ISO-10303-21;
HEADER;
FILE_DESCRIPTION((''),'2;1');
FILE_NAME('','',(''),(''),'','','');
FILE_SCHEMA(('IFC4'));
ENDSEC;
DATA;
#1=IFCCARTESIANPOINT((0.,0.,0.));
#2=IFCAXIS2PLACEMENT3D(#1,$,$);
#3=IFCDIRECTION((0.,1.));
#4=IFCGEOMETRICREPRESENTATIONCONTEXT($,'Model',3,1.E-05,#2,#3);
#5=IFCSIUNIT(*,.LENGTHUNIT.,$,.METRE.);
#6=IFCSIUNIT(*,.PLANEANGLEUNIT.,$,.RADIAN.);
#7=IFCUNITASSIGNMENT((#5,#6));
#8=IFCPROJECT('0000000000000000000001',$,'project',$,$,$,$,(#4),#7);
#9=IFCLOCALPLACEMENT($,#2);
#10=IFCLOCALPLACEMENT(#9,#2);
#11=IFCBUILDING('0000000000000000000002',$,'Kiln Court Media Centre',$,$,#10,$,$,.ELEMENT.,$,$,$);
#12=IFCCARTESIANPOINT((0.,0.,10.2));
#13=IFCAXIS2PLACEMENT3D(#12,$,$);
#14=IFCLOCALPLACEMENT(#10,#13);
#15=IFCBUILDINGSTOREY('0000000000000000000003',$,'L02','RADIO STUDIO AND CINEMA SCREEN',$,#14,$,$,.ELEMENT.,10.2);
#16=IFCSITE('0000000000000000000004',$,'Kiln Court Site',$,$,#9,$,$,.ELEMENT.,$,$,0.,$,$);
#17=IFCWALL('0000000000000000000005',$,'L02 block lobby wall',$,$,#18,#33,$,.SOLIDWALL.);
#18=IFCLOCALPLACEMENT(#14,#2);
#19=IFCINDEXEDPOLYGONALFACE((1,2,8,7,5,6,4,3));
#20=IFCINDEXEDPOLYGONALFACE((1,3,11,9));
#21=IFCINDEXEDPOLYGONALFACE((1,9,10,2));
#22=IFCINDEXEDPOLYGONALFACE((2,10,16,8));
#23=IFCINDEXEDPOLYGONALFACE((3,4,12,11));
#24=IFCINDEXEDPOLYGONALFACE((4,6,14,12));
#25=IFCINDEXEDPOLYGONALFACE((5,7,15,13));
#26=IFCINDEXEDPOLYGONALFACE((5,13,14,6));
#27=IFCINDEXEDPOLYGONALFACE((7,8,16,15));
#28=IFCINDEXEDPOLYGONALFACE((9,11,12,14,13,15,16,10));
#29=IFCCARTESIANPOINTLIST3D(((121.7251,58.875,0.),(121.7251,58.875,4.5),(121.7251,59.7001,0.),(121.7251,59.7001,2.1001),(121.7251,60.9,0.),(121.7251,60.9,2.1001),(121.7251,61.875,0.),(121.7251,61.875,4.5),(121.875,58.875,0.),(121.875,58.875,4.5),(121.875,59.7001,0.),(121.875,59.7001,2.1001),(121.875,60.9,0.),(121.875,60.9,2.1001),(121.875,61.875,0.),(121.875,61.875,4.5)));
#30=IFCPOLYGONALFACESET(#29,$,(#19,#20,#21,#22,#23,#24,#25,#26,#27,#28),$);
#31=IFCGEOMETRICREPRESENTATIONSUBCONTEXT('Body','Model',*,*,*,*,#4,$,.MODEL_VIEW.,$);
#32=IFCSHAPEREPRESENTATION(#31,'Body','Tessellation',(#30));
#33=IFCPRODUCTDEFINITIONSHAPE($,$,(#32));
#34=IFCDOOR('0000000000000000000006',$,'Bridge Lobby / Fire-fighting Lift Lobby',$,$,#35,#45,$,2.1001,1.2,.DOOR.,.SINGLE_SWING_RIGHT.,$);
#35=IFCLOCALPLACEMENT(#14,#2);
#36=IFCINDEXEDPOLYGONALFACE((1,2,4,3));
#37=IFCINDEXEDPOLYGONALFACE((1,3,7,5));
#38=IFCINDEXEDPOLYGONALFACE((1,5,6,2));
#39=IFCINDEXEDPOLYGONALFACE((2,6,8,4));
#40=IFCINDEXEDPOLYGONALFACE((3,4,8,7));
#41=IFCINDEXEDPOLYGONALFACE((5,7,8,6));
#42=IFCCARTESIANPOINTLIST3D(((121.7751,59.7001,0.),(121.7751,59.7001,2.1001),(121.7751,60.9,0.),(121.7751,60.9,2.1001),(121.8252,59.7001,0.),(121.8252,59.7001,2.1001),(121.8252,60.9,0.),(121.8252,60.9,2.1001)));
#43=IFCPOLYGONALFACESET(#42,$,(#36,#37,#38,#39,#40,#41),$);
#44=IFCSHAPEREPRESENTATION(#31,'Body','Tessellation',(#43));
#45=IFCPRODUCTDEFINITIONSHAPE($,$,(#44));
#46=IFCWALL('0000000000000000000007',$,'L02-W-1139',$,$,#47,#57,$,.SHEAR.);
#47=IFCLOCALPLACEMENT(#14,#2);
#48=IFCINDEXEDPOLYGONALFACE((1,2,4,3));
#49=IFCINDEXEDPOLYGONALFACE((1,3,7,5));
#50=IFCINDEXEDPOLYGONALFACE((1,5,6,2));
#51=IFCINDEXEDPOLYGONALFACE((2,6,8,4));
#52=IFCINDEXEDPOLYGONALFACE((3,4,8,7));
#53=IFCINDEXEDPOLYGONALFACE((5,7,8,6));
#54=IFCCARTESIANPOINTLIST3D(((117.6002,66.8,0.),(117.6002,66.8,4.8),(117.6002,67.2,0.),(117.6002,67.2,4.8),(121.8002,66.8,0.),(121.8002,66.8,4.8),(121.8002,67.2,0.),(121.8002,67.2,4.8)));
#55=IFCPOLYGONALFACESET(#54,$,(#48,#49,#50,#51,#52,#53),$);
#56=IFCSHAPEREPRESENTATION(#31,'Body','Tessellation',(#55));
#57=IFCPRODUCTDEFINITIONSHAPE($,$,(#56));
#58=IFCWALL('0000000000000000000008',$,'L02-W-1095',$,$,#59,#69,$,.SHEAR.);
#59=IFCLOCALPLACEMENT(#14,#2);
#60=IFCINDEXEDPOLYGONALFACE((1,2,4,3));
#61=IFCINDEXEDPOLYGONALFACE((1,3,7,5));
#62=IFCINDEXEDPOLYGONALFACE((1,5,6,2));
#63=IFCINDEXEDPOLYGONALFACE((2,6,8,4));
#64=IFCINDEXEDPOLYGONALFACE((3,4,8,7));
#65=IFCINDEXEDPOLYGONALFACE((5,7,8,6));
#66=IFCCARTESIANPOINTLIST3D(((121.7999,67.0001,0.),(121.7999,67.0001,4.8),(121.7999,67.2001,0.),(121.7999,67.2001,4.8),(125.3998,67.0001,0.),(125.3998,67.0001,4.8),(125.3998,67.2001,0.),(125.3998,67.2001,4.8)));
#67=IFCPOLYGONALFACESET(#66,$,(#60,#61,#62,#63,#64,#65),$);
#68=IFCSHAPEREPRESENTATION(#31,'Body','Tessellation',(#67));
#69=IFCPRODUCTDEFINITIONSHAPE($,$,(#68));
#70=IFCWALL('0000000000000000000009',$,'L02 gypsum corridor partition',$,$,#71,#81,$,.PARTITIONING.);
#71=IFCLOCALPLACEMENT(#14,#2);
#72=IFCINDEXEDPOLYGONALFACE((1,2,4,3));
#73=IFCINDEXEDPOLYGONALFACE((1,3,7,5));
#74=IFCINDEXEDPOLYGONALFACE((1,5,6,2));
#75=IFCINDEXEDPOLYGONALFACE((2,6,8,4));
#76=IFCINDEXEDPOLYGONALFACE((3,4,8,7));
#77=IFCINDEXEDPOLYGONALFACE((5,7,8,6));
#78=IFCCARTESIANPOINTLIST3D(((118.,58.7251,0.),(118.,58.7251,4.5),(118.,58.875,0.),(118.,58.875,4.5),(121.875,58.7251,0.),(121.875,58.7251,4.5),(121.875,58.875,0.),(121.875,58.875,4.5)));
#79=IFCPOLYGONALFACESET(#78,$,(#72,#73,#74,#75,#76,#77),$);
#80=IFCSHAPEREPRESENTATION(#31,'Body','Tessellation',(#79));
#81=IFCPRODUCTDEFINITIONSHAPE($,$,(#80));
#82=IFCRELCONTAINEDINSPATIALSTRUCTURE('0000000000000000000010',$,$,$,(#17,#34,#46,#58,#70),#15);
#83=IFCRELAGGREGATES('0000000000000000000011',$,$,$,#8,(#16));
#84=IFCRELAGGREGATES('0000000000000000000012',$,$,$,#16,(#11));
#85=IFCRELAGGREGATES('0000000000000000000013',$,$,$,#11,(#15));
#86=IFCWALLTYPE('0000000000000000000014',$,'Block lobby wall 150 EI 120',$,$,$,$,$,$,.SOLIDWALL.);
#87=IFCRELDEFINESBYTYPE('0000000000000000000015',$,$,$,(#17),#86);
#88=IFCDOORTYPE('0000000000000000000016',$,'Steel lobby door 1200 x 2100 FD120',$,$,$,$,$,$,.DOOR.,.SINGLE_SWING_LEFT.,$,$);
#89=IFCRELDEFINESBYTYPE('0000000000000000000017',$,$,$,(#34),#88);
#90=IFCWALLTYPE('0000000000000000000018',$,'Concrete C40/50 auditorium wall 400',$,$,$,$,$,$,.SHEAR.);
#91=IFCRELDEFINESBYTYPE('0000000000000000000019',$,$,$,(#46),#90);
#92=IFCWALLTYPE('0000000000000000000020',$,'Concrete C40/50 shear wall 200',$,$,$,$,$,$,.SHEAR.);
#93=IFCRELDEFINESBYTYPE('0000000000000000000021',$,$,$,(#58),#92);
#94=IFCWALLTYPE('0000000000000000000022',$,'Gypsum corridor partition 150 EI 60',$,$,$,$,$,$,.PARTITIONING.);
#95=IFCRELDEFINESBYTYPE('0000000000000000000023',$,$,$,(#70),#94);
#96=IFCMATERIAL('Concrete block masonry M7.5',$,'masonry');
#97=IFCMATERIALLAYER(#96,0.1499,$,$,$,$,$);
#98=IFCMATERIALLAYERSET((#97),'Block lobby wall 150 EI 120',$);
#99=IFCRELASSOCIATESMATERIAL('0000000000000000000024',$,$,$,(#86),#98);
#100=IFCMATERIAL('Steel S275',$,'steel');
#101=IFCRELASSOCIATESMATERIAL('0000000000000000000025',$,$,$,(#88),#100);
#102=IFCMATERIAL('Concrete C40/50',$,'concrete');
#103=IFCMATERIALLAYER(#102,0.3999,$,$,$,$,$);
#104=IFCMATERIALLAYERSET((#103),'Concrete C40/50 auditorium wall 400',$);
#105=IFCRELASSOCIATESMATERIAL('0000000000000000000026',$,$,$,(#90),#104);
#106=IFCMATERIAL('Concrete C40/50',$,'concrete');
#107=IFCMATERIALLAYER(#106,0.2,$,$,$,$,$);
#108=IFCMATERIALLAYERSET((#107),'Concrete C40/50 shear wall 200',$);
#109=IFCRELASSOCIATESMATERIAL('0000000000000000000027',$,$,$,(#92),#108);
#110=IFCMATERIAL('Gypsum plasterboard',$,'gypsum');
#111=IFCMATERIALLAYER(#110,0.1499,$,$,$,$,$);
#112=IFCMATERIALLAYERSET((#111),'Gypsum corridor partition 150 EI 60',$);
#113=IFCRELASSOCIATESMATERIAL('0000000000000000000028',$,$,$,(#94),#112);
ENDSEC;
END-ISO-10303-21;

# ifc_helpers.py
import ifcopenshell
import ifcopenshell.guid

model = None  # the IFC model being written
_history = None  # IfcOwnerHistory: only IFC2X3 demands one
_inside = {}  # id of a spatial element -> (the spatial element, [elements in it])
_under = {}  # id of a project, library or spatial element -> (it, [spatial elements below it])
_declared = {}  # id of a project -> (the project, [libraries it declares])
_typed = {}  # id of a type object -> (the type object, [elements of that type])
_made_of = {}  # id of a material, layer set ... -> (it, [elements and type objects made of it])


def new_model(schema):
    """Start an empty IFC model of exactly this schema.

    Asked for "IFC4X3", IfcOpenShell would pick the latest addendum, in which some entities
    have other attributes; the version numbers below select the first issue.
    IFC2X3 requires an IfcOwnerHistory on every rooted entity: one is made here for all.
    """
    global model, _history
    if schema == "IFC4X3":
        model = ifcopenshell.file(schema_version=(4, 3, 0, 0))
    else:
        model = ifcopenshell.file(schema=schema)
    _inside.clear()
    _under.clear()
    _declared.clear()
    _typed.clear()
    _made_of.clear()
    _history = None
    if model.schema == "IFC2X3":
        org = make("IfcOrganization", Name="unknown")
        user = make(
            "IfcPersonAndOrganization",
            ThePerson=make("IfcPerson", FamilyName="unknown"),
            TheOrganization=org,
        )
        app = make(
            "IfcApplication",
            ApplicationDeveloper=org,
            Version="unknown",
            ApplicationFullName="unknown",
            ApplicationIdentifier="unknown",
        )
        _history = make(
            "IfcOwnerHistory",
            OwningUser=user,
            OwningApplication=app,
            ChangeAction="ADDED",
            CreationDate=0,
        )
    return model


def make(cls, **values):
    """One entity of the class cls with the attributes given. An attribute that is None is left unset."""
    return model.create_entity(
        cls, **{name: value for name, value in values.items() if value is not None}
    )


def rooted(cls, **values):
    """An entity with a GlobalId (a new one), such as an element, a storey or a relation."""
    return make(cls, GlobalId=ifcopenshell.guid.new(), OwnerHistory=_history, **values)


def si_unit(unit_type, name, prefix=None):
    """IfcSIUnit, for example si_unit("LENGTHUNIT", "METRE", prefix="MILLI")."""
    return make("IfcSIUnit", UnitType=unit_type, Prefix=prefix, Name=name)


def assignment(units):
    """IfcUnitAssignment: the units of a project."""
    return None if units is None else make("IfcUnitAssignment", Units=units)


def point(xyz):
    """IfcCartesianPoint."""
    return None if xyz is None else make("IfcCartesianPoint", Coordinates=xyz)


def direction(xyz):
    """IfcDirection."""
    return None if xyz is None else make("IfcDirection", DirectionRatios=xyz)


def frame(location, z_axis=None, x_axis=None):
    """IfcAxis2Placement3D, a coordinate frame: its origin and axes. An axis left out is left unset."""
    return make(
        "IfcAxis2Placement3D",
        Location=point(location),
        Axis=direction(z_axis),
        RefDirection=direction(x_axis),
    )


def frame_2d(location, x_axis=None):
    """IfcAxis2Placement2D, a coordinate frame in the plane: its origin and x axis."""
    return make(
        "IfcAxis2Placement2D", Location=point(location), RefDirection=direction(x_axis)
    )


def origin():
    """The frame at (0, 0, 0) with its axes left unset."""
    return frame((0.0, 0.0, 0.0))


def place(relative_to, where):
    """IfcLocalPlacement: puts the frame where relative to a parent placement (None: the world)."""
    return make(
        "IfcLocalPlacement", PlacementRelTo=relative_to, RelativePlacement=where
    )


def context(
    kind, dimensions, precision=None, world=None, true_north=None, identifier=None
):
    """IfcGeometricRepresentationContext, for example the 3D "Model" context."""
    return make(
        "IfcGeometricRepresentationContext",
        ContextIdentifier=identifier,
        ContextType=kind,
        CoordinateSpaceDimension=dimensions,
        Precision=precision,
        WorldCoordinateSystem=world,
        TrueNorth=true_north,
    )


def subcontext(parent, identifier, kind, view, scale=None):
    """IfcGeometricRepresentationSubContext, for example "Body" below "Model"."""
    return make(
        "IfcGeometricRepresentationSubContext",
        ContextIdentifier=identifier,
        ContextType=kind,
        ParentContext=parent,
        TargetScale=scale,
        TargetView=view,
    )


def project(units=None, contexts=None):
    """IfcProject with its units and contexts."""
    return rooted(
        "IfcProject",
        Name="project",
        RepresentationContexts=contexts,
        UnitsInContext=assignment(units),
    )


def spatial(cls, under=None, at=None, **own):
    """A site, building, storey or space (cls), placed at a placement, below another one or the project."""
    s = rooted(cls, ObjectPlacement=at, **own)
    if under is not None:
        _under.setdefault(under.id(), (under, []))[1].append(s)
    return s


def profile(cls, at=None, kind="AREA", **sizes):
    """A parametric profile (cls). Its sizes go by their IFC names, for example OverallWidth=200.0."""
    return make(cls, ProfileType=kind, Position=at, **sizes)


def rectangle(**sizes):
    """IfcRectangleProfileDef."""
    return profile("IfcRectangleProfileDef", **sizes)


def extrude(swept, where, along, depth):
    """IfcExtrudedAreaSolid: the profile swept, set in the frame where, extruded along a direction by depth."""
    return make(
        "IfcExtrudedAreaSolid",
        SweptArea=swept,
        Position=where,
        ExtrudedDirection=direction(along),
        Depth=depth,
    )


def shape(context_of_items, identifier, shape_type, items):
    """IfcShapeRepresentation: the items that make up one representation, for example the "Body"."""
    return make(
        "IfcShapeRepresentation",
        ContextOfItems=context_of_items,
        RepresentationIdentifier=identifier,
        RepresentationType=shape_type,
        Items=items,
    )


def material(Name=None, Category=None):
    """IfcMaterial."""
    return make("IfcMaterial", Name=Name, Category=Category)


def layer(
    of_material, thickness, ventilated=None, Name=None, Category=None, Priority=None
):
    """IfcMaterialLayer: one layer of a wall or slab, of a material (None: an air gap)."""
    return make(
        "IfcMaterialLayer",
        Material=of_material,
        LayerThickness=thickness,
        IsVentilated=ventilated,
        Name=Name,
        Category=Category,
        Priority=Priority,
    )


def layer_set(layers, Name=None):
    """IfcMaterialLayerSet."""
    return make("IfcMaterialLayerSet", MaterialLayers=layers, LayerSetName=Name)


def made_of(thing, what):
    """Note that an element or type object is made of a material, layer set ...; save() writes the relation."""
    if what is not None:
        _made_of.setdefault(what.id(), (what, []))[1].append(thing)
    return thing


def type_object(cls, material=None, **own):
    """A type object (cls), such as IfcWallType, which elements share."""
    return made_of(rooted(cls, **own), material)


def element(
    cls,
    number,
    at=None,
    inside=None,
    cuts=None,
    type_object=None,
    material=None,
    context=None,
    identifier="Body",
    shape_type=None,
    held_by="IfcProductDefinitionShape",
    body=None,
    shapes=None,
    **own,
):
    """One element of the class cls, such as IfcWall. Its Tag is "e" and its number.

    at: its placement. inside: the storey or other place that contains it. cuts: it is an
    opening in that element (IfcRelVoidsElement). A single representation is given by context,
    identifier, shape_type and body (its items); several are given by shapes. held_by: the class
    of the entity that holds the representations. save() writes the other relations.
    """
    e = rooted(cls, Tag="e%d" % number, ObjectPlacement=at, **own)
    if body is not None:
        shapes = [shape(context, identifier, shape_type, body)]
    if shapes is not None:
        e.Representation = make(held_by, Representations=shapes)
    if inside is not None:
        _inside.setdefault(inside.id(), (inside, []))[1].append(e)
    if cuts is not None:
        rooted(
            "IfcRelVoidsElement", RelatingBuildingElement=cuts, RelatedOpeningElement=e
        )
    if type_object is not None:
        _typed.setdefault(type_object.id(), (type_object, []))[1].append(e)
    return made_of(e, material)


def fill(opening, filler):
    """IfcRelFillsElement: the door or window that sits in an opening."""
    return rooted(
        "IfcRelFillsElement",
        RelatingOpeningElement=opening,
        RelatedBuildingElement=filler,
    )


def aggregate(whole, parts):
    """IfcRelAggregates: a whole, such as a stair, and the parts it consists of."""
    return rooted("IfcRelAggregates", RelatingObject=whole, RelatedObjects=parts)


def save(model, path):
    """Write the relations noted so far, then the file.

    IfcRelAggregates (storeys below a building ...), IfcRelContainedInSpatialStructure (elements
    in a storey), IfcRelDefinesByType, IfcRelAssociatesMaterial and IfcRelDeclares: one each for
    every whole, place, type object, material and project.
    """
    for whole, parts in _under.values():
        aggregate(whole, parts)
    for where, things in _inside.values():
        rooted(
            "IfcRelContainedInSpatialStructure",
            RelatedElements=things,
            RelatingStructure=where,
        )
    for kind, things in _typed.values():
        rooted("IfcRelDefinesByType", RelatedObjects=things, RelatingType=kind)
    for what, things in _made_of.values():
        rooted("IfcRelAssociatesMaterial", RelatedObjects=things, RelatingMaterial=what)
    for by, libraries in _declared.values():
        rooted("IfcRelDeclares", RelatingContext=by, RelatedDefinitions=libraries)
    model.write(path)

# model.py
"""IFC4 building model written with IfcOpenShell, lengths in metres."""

from ifc_helpers import new_model, si_unit, direction, frame, frame_2d, origin, place, context, subcontext, project, spatial, rectangle, extrude, material, layer, layer_set, type_object, element, fill, save


model = new_model("IFC4")

# Units and contexts
model_context = context("Model", 3, precision=1e-05, world=origin(), true_north=direction((0.0, 1.0)))
body_context = subcontext(model_context, "Body", "Model", "MODEL_VIEW")
ifc_project = project(units=[si_unit("LENGTHUNIT", "METRE"), si_unit("PLANEANGLEUNIT", "RADIAN")], contexts=[model_context])

# Site, building, storey
site_placement = place(None, origin())
site = spatial("IfcSite", under=ifc_project, at=site_placement, Name="Kiln Court Site", CompositionType="ELEMENT", RefElevation=0.0)
building_placement = place(site_placement, origin())
building = spatial("IfcBuilding", under=site, at=building_placement, Name="Kiln Court Media Centre", CompositionType="ELEMENT")
storey_placement = place(building_placement, frame((0.0, 0.0, 10.2)))
storey = spatial("IfcBuildingStorey", under=building, at=storey_placement, Name="L02", Description="RADIO STUDIO AND CINEMA SCREEN", CompositionType="ELEMENT", Elevation=10.2)

# Wall, opening, door
ifc_material_1 = material(Name="Concrete block masonry M7.5", Category="masonry")
ifc_layer_1 = layer(ifc_material_1, 0.1499)
ifc_layer_set_1 = layer_set([ifc_layer_1], Name="Block lobby wall 150 EI 120")
wall_type_1 = type_object("IfcWallType", Name="Block lobby wall 150 EI 120", PredefinedType="SOLIDWALL", material=ifc_layer_set_1)
wall_1_placement = place(storey_placement, frame((121.8, 58.875, 0.0), z_axis=(0.0, 0.0, 1.0), x_axis=(0.0, 1.0, 0.0)))
wall_1 = element("IfcWall", 1, at=wall_1_placement, inside=storey, type_object=wall_type_1, Name="L02 block lobby wall", PredefinedType="SOLIDWALL", context=body_context, shape_type="SweptSolid", body=[
    extrude(rectangle(XDim=3.0, YDim=0.1499, at=frame_2d((1.5, 0.0))), origin(), (0.0, 0.0, 1.0), 4.5),
])
opening_placement = place(wall_1_placement, frame((0.825, 0.0, 0.0)))
opening = element("IfcOpeningElement", 2, at=opening_placement, cuts=wall_1, PredefinedType="OPENING", context=body_context, shape_type="SweptSolid", body=[
    extrude(rectangle(XDim=1.2, YDim=2.1001, at=frame_2d((0.6001, 1.05))), frame((0.0, 0.085, 0.0), z_axis=(0.0, -1.0, 0.0), x_axis=(1.0, 0.0, 0.0)), (0.0, 0.0, 1.0), 0.1699),
])
ifc_material_2 = material(Name="Steel S275", Category="steel")
door_type = type_object("IfcDoorType", Name="Steel lobby door 1200 x 2100 FD120", OperationType="SINGLE_SWING_LEFT", PredefinedType="DOOR", material=ifc_material_2)
door_placement = place(opening_placement, origin())
door = element("IfcDoor", 3, at=door_placement, inside=storey, type_object=door_type, Name="Bridge Lobby / Fire-fighting Lift Lobby", OperationType="SINGLE_SWING_RIGHT", OverallHeight=2.1001, OverallWidth=1.2, PredefinedType="DOOR", context=body_context, shape_type="SweptSolid", body=[
    extrude(rectangle(XDim=1.2, YDim=2.1001, at=frame_2d((0.6001, 1.05))), frame((0.0, 0.0249, 0.0), z_axis=(0.0, -1.0, 0.0), x_axis=(1.0, 0.0, 0.0)), (0.0, 0.0, 1.0), 0.05),
])
fill(opening, door)

# Walls
ifc_material_3 = material(Name="Concrete C40/50", Category="concrete")
ifc_layer_2 = layer(ifc_material_3, 0.3999)
ifc_layer_set_2 = layer_set([ifc_layer_2], Name="Concrete C40/50 auditorium wall 400")
wall_type_2 = type_object("IfcWallType", Name="Concrete C40/50 auditorium wall 400", PredefinedType="SHEAR", material=ifc_layer_set_2)
wall_2_placement = place(storey_placement, frame((117.6001, 67.0, 0.0), z_axis=(0.0, 0.0, 1.0), x_axis=(1.0, 0.0, 0.0)))
element("IfcWall", 4, at=wall_2_placement, inside=storey, type_object=wall_type_2, Name="L02-W-1139", PredefinedType="SHEAR", context=body_context, shape_type="SweptSolid", body=[
    extrude(rectangle(XDim=4.2, YDim=0.3999, at=frame_2d((2.1001, 0.0))), origin(), (0.0, 0.0, 1.0), 4.8),
])
ifc_material_4 = material(Name="Concrete C40/50", Category="concrete")
ifc_layer_3 = layer(ifc_material_4, 0.2)
ifc_layer_set_3 = layer_set([ifc_layer_3], Name="Concrete C40/50 shear wall 200")
wall_type_3 = type_object("IfcWallType", Name="Concrete C40/50 shear wall 200", PredefinedType="SHEAR", material=ifc_layer_set_3)
wall_3_placement = place(storey_placement, frame((121.8, 67.1001, 0.0), z_axis=(0.0, 0.0, 1.0), x_axis=(1.0, 0.0, 0.0)))
element("IfcWall", 5, at=wall_3_placement, inside=storey, type_object=wall_type_3, Name="L02-W-1095", PredefinedType="SHEAR", context=body_context, shape_type="SweptSolid", body=[
    extrude(rectangle(XDim=3.5999, YDim=0.2, at=frame_2d((1.7998, 0.0))), origin(), (0.0, 0.0, 1.0), 4.8),
])
ifc_material_5 = material(Name="Gypsum plasterboard", Category="gypsum")
ifc_layer_4 = layer(ifc_material_5, 0.1499)
ifc_layer_set_4 = layer_set([ifc_layer_4], Name="Gypsum corridor partition 150 EI 60")
wall_type_4 = type_object("IfcWallType", Name="Gypsum corridor partition 150 EI 60", PredefinedType="PARTITIONING", material=ifc_layer_set_4)
wall_4_placement = place(storey_placement, frame((118.0, 58.8, 0.0), z_axis=(0.0, 0.0, 1.0), x_axis=(1.0, 0.0, 0.0)))
element("IfcWall", 6, at=wall_4_placement, inside=storey, type_object=wall_type_4, Name="L02 gypsum corridor partition", PredefinedType="PARTITIONING", context=body_context, shape_type="SweptSolid", body=[
    extrude(rectangle(XDim=3.875, YDim=0.1499, at=frame_2d((1.9375, 0.0))), origin(), (0.0, 0.0, 1.0), 4.5),
])

save(model, "model.ifc")
